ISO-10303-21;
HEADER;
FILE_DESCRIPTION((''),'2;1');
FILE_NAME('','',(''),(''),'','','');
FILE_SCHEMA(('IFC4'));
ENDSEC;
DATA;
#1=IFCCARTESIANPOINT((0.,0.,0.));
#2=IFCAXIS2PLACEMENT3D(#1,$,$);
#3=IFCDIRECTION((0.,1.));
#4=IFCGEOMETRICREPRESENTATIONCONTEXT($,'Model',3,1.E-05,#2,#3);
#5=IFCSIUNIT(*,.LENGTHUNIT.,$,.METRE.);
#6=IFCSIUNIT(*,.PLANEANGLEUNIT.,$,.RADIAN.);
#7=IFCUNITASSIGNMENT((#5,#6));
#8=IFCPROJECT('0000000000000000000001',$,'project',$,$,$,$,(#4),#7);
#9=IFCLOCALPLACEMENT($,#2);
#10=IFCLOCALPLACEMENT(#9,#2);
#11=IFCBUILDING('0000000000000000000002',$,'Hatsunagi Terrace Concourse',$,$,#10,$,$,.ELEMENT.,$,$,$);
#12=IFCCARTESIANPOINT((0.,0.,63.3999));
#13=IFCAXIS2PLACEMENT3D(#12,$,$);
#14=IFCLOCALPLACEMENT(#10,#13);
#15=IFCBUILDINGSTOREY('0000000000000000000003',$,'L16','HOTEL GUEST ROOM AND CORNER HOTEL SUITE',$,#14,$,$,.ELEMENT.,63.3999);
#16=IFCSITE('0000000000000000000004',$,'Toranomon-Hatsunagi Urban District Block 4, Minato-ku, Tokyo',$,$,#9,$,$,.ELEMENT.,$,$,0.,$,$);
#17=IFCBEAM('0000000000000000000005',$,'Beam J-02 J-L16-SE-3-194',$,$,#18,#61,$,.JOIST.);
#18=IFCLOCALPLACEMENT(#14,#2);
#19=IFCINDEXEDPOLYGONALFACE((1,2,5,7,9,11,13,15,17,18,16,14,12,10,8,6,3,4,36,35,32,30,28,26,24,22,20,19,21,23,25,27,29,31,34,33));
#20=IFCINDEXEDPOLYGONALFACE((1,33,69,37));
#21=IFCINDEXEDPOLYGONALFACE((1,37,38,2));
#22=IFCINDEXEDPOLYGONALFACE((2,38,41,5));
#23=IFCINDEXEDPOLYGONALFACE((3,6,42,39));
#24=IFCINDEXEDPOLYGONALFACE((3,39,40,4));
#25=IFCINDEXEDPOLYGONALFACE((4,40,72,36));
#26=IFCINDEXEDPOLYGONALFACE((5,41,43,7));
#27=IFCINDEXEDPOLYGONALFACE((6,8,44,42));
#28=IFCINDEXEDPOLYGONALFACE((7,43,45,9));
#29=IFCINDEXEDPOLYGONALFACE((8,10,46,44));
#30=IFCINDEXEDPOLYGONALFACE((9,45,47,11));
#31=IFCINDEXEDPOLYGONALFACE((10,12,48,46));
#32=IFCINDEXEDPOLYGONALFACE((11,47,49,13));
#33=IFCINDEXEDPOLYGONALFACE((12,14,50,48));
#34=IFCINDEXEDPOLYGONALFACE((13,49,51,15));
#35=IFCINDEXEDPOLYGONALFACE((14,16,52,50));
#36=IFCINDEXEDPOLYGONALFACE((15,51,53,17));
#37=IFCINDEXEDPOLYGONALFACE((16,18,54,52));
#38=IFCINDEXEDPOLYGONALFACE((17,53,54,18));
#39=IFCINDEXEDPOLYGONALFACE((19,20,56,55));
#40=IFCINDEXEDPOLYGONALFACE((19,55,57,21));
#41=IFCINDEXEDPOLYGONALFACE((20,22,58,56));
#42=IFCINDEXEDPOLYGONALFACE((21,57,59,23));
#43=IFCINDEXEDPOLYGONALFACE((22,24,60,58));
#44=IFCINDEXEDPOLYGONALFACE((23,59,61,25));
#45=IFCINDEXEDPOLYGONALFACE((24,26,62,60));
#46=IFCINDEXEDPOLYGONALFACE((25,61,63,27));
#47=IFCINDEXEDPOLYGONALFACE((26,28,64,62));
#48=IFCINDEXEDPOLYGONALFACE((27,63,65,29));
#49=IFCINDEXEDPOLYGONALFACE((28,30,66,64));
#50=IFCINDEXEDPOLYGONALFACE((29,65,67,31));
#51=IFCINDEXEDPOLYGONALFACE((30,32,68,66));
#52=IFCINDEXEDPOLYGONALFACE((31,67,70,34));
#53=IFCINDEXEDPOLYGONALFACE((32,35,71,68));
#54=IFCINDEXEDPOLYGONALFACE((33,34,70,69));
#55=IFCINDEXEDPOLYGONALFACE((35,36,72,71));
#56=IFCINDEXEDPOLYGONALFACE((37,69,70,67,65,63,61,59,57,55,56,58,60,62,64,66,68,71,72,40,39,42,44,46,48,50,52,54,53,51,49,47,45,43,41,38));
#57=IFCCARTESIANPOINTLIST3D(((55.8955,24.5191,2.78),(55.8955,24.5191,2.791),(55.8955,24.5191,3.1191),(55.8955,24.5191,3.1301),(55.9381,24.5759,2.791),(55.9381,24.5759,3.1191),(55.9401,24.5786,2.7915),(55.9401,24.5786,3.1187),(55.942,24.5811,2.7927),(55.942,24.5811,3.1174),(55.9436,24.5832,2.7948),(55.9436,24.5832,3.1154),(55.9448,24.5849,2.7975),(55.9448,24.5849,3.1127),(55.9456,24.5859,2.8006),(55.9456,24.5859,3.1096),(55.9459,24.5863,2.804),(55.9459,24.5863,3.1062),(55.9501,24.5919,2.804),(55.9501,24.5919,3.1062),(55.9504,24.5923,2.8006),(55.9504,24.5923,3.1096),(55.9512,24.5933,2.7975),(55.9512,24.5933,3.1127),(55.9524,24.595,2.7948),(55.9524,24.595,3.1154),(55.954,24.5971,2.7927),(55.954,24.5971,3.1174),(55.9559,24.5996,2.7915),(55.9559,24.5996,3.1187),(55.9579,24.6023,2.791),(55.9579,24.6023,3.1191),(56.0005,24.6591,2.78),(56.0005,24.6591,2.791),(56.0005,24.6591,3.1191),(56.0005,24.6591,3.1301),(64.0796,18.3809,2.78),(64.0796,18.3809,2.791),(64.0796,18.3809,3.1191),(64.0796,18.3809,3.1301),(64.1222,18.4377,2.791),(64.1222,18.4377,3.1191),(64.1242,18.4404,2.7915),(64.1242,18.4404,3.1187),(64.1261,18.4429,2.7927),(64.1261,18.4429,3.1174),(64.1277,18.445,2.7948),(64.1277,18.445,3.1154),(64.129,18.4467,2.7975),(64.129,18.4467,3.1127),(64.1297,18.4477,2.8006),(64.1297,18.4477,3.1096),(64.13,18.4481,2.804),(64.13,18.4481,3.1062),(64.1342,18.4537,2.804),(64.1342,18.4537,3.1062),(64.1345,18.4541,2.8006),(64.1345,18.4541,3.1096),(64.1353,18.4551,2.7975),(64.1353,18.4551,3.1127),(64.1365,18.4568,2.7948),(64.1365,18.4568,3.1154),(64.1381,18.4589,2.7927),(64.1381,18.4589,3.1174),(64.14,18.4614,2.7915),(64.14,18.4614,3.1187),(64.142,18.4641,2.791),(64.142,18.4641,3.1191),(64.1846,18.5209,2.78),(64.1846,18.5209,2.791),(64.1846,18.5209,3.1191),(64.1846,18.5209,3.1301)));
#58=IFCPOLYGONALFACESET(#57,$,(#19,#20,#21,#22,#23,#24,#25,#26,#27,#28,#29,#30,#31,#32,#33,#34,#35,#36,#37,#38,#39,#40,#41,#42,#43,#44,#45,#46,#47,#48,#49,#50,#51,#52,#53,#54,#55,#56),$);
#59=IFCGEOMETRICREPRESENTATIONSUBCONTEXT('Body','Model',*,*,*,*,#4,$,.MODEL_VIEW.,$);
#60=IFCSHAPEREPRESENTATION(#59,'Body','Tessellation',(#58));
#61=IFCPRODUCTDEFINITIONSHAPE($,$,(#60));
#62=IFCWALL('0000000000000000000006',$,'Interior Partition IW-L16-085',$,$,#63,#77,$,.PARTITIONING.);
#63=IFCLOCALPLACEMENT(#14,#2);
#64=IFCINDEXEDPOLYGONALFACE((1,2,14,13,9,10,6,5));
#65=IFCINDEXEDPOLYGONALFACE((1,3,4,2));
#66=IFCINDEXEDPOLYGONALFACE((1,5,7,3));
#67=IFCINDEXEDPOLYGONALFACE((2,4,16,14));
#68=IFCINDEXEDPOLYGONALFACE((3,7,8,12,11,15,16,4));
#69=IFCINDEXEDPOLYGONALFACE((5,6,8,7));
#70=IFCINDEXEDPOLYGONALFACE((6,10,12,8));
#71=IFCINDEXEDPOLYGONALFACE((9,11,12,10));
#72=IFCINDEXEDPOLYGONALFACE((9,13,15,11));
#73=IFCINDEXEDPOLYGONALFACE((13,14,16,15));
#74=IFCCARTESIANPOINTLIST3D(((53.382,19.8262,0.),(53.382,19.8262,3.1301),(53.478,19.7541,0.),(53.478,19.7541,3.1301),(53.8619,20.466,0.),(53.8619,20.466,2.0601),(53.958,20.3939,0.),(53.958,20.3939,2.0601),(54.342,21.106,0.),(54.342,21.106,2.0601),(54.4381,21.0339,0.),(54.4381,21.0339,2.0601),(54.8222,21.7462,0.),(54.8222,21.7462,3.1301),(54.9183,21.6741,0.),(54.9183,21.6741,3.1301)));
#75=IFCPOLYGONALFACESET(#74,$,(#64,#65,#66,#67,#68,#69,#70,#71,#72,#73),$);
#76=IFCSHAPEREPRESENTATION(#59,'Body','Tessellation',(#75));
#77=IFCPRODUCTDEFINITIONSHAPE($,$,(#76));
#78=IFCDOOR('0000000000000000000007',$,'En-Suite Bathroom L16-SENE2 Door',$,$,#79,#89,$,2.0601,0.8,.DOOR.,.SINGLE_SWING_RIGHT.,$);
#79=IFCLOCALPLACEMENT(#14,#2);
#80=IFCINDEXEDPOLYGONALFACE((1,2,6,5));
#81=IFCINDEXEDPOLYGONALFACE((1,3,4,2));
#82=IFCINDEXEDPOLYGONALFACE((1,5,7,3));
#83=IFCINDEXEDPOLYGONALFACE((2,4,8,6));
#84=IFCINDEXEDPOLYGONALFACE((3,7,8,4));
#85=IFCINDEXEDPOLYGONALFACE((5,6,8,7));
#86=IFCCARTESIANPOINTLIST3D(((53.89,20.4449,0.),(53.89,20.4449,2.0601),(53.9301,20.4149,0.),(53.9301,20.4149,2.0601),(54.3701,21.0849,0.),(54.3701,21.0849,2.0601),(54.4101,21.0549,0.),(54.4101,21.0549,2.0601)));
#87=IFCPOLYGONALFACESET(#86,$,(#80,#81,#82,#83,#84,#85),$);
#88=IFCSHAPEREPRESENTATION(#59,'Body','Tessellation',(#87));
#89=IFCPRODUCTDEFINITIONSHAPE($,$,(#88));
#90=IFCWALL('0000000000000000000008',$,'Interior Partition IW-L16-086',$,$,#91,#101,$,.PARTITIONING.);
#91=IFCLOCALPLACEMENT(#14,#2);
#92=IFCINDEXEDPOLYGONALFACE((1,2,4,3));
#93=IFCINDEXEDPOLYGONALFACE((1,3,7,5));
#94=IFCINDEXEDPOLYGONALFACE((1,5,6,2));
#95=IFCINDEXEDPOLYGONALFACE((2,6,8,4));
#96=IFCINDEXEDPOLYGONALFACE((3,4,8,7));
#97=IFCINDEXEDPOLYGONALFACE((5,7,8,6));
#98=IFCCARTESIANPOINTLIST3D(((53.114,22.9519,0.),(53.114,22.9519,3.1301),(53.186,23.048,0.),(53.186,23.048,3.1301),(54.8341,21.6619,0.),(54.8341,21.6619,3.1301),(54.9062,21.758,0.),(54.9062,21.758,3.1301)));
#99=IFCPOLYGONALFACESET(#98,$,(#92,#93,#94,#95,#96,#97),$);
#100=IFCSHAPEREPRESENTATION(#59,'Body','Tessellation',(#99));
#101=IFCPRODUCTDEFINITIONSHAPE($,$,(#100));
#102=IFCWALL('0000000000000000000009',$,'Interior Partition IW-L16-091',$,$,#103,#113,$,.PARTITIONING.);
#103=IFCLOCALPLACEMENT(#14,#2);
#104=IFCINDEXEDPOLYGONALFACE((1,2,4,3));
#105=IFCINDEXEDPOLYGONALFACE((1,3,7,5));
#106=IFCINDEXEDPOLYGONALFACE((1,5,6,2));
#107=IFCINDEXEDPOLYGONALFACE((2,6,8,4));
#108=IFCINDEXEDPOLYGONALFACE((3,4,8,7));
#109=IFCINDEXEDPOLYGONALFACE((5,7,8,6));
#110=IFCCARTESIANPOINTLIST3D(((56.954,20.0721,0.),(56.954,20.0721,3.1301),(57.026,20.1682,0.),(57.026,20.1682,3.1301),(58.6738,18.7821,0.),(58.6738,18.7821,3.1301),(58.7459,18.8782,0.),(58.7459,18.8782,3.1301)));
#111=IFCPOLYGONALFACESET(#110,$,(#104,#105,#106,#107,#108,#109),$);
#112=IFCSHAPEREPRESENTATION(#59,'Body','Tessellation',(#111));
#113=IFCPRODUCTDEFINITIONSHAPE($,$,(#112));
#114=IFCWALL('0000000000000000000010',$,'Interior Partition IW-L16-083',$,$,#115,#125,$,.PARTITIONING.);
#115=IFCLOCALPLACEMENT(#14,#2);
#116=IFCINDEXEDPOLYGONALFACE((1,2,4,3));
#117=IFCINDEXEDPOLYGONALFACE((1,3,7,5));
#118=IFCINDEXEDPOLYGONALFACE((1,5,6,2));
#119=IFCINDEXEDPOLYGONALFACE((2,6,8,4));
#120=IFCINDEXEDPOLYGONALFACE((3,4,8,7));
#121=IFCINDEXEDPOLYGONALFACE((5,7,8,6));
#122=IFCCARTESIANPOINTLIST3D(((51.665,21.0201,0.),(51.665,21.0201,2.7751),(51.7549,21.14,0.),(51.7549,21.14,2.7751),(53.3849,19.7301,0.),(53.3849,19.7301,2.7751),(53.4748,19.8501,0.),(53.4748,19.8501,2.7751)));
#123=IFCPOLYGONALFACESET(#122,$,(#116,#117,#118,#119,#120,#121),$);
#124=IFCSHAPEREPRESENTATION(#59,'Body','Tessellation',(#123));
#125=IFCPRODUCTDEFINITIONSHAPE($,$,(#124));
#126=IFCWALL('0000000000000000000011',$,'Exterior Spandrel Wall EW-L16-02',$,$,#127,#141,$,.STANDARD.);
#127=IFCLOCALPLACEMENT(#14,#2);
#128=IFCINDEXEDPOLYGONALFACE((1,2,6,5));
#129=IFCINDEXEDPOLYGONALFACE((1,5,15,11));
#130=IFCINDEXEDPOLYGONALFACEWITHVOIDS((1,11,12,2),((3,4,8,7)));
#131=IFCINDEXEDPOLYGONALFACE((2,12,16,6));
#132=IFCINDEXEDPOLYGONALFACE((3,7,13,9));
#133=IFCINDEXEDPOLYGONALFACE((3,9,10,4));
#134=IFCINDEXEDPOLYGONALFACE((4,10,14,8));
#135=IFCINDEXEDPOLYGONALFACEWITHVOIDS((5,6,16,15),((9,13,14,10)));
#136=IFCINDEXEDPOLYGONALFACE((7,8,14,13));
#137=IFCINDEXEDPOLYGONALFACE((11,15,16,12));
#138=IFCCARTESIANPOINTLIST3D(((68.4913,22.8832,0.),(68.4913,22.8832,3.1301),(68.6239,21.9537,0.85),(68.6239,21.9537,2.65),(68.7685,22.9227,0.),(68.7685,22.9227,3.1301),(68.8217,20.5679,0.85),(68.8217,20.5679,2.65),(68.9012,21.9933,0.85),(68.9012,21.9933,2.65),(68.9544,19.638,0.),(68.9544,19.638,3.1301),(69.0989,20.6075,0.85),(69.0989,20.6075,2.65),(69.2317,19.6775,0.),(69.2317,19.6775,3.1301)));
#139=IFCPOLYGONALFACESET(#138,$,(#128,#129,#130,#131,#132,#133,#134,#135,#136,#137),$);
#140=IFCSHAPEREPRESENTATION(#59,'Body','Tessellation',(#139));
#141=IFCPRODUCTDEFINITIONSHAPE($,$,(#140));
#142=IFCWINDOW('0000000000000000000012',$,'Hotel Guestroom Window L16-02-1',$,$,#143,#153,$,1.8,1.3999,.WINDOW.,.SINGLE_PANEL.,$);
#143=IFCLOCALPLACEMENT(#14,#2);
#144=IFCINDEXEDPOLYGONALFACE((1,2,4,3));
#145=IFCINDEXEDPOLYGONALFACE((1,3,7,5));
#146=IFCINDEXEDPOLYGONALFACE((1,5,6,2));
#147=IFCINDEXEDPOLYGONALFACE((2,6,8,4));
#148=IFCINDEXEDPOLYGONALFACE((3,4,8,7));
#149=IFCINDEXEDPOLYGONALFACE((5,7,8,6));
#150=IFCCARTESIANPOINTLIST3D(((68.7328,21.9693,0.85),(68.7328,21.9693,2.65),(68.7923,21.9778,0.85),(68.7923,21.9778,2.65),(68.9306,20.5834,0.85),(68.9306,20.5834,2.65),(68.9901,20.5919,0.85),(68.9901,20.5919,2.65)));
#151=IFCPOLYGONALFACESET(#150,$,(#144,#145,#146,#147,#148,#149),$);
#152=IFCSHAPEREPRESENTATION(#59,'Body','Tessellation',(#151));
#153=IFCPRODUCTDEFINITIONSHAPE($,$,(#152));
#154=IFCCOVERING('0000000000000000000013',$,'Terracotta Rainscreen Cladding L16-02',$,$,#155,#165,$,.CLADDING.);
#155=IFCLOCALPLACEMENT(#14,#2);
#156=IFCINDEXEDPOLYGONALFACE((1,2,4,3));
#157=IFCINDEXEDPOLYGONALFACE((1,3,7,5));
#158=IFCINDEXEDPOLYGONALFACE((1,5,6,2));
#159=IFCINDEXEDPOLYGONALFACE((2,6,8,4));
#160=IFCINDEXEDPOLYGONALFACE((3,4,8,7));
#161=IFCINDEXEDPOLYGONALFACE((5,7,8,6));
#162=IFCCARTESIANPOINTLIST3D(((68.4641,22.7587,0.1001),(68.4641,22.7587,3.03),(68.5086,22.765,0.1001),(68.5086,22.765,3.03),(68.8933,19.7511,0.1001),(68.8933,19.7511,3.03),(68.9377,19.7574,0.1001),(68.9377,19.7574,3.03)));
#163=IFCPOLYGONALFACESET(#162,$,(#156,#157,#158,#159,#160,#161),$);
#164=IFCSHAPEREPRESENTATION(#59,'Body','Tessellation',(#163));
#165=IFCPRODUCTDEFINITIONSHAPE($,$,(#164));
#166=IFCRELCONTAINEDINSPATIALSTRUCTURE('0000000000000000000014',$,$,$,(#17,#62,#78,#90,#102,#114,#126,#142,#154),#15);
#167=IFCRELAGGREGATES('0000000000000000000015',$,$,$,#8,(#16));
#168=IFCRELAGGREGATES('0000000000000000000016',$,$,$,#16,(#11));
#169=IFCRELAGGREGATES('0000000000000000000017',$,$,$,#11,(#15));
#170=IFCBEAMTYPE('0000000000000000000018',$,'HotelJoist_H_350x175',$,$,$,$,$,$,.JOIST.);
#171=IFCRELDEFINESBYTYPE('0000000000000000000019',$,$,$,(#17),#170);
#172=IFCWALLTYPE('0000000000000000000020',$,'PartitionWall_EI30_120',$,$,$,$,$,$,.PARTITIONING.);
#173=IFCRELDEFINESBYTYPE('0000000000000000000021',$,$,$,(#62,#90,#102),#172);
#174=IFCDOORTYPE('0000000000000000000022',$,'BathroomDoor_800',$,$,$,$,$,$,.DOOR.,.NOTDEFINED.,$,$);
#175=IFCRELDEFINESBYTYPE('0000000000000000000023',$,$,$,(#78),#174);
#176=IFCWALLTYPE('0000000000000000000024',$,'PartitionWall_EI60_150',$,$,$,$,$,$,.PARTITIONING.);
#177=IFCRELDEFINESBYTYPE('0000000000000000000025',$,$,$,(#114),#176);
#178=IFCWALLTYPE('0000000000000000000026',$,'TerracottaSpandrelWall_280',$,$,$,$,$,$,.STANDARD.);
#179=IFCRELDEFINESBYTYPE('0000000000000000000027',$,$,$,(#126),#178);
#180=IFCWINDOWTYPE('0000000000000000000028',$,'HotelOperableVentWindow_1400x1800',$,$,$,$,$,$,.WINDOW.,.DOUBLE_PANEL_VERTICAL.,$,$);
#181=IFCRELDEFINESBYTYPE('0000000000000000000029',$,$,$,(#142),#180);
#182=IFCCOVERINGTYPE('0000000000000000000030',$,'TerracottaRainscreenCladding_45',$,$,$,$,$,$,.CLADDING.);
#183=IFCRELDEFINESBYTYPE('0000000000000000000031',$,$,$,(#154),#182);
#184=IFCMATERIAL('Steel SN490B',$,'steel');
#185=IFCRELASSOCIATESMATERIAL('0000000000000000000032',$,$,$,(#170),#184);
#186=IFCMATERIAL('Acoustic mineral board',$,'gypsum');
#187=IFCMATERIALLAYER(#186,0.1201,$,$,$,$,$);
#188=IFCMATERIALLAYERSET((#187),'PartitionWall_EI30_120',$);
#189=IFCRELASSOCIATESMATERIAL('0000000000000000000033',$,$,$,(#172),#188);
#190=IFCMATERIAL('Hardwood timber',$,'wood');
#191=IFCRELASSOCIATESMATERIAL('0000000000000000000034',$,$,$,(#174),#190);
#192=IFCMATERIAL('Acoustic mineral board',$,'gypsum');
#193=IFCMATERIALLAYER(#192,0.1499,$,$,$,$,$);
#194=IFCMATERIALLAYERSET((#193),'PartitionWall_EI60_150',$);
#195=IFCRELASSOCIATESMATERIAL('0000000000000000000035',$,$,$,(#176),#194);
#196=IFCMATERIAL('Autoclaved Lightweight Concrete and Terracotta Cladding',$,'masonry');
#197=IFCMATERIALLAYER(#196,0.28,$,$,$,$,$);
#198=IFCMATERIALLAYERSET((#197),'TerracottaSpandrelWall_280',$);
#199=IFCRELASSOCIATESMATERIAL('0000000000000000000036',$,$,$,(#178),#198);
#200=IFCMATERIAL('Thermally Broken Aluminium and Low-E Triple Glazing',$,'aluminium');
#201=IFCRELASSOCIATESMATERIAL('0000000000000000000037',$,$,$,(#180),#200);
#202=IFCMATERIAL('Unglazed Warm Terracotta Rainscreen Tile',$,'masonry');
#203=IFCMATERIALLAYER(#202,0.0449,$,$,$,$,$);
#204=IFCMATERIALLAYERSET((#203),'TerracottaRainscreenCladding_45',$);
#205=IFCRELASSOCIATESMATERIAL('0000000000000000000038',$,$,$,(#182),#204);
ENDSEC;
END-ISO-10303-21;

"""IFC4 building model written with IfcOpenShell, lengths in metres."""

from ifc_helpers import new_model, si_unit, direction, frame, frame_2d, origin, origin_2d, place, context, subcontext, project, spatial, rectangle, i_section, extrude, material, layer, layer_set, material_profile, profile_set, type_object, element, fill, save


model = new_model("IFC4")

# Units and contexts
model_context = context("Model", 3, precision=1e-05, world=origin(), true_north=direction((0.0, 1.0)))
body_context = subcontext(model_context, "Body", "Model", "MODEL_VIEW")
ifc_project = project(units=[si_unit("LENGTHUNIT", "METRE"), si_unit("PLANEANGLEUNIT", "RADIAN")], contexts=[model_context])

# Site, building, storey
site_placement = place(None, origin())
site = spatial("IfcSite", under=ifc_project, at=site_placement, Name="Toranomon-Hatsunagi Urban District Block 4, Minato-ku, Tokyo", CompositionType="ELEMENT", RefElevation=0.0)
building_placement = place(site_placement, origin())
building = spatial("IfcBuilding", under=site, at=building_placement, Name="Hatsunagi Terrace Concourse", CompositionType="ELEMENT")
storey_placement = place(building_placement, frame((0.0, 0.0, 63.3999)))
storey = spatial("IfcBuildingStorey", under=building, at=storey_placement, Name="L16", Description="HOTEL GUEST ROOM AND CORNER HOTEL SUITE", CompositionType="ELEMENT", Elevation=63.3999)

# Beam
ifc_material_1 = material(Name="Steel SN490B", Category="steel")
ifc_material_profile_1 = material_profile(ifc_material_1, i_section(OverallWidth=0.175, OverallDepth=0.3501, WebThickness=0.0071, FlangeThickness=0.011, FilletRadius=0.0129, at=origin_2d()), Name="H-350x175x7x11")
ifc_profile_set_1 = profile_set([ifc_material_profile_1], Name="Steel SN490B")
beam_type = type_object("IfcBeamType", Name="HotelJoist_H_350x175", PredefinedType="JOIST", material=ifc_profile_set_1)
beam_placement = place(storey_placement, frame((55.948, 24.5891, 2.9551), z_axis=(0.799994, -0.600008, 0.0), x_axis=(0.600008, 0.799994, 0.0)))
element("IfcBeam", 1, at=beam_placement, inside=storey, type_object=beam_type, Name="Beam J-02 J-L16-SE-3-194", PredefinedType="JOIST", context=body_context, shape_type="SweptSolid", body=[
    extrude(i_section(OverallWidth=0.175, OverallDepth=0.3501, WebThickness=0.0071, FlangeThickness=0.011, FilletRadius=0.0129, at=origin_2d()), origin(), (0.0, 0.0, 1.0), 10.2302),
])

# Wall, opening, door
ifc_material_2 = material(Name="Acoustic mineral board", Category="gypsum")
ifc_layer_1 = layer(ifc_material_2, 0.1201)
ifc_layer_set_1 = layer_set([ifc_layer_1], Name="PartitionWall_EI30_120")
wall_type_1 = type_object("IfcWallType", Name="PartitionWall_EI30_120", PredefinedType="PARTITIONING", material=ifc_layer_set_1)
wall_1_placement = place(storey_placement, frame((53.4299, 19.79, 0.0), z_axis=(0.0, 0.0, 1.0), x_axis=(0.600065, 0.799951, 0.0)))
wall_1 = element("IfcWall", 2, at=wall_1_placement, inside=storey, type_object=wall_type_1, Name="Interior Partition IW-L16-085", PredefinedType="PARTITIONING", context=body_context, shape_type="SweptSolid", body=[
    extrude(rectangle(XDim=2.4001, YDim=0.1201, at=frame_2d((1.2002, 0.0))), origin(), (0.0, 0.0, 1.0), 3.1301),
])
opening_1_placement = place(wall_1_placement, frame((0.8, 0.0, 0.0)))
opening_1 = element("IfcOpeningElement", 3, at=opening_1_placement, cuts=wall_1, PredefinedType="OPENING", context=body_context, shape_type="SweptSolid", body=[
    extrude(rectangle(XDim=0.8, YDim=2.0601, at=frame_2d((0.3999, 1.03))), frame((0.0, 0.0701, 0.0), z_axis=(0.0, -1.0, 0.0), x_axis=(1.0, 0.0, 0.0)), (0.0, 0.0, 1.0), 0.1401),
])
ifc_material_3 = material(Name="Hardwood timber", Category="wood")
door_type_1 = type_object("IfcDoorType", Name="BathroomDoor_800", OperationType="NOTDEFINED", PredefinedType="DOOR", material=ifc_material_3)
door_1_placement = place(opening_1_placement, origin())
door_1 = element("IfcDoor", 4, at=door_1_placement, inside=storey, type_object=door_type_1, Name="En-Suite Bathroom L16-SENE2 Door", OperationType="SINGLE_SWING_RIGHT", OverallHeight=2.0601, OverallWidth=0.8, PredefinedType="DOOR", context=body_context, shape_type="SweptSolid", body=[
    extrude(rectangle(XDim=0.8, YDim=2.0601, at=frame_2d((0.3999, 1.03))), frame((0.0, 0.0249, 0.0), z_axis=(0.0, -1.0, 0.0), x_axis=(1.0, 0.0, 0.0)), (0.0, 0.0, 1.0), 0.05),
])
fill(opening_1, door_1)

# Walls
wall_2_placement = place(storey_placement, frame((53.1499, 23.0, 0.0), z_axis=(0.0, 0.0, 1.0), x_axis=(0.800027, -0.599964, 0.0)))
element("IfcWall", 5, at=wall_2_placement, inside=storey, type_object=wall_type_1, Name="Interior Partition IW-L16-086", PredefinedType="PARTITIONING", context=body_context, shape_type="SweptSolid", body=[
    extrude(rectangle(XDim=2.1501, YDim=0.1201, at=frame_2d((1.0752, 0.0))), origin(), (0.0, 0.0, 1.0), 3.1301),
])
wall_3_placement = place(storey_placement, frame((56.99, 20.1201, 0.0), z_axis=(0.0, 0.0, 1.0), x_axis=(0.799986, -0.600018, 0.0)))
element("IfcWall", 6, at=wall_3_placement, inside=storey, type_object=wall_type_1, Name="Interior Partition IW-L16-091", PredefinedType="PARTITIONING", context=body_context, shape_type="SweptSolid", body=[
    extrude(rectangle(XDim=2.1499, YDim=0.1201, at=frame_2d((1.075, 0.0))), origin(), (0.0, 0.0, 1.0), 3.1301),
])
ifc_material_4 = material(Name="Acoustic mineral board", Category="gypsum")
ifc_layer_2 = layer(ifc_material_4, 0.1499)
ifc_layer_set_2 = layer_set([ifc_layer_2], Name="PartitionWall_EI60_150")
wall_type_2 = type_object("IfcWallType", Name="PartitionWall_EI60_150", PredefinedType="PARTITIONING", material=ifc_layer_set_2)
wall_4_placement = place(storey_placement, frame((51.71, 21.0801, 0.0), z_axis=(0.0, 0.0, 1.0), x_axis=(0.799986, -0.600018, 0.0)))
element("IfcWall", 7, at=wall_4_placement, inside=storey, type_object=wall_type_2, Name="Interior Partition IW-L16-083", PredefinedType="PARTITIONING", context=body_context, shape_type="SweptSolid", body=[
    extrude(rectangle(XDim=2.1499, YDim=0.1499, at=frame_2d((1.075, 0.0))), origin(), (0.0, 0.0, 1.0), 2.7751),
])

# Wall, opening, window
ifc_material_5 = material(Name="Autoclaved Lightweight Concrete and Terracotta Cladding", Category="masonry")
ifc_layer_3 = layer(ifc_material_5, 0.28)
ifc_layer_set_3 = layer_set([ifc_layer_3], Name="TerracottaSpandrelWall_280")
wall_type_3 = type_object("IfcWallType", Name="TerracottaSpandrelWall_280", PredefinedType="STANDARD", material=ifc_layer_set_3)
wall_5_placement = place(storey_placement, frame((68.6299, 22.9031, 0.0), z_axis=(0.0, 0.0, 1.0), x_axis=(0.141286, -0.989969, 0.0)))
wall_5 = element("IfcWall", 8, at=wall_5_placement, inside=storey, type_object=wall_type_3, Name="Exterior Spandrel Wall EW-L16-02", PredefinedType="STANDARD", context=body_context, shape_type="SweptSolid", body=[
    extrude(rectangle(XDim=3.2781, YDim=0.28, at=frame_2d((1.6392, 0.0))), origin(), (0.0, 0.0, 1.0), 3.1301),
])
opening_2_placement = place(wall_5_placement, frame((0.939, 0.0, 0.8501)))
opening_2 = element("IfcOpeningElement", 9, at=opening_2_placement, cuts=wall_5, PredefinedType="OPENING", context=body_context, shape_type="SweptSolid", body=[
    extrude(rectangle(XDim=1.3999, YDim=1.8, at=frame_2d((0.7, 0.8999))), frame((0.0, 0.1499, 0.0), z_axis=(0.0, -1.0, 0.0), x_axis=(1.0, 0.0, 0.0)), (0.0, 0.0, 1.0), 0.3),
])
ifc_material_6 = material(Name="Thermally Broken Aluminium and Low-E Triple Glazing", Category="aluminium")
window_type = type_object("IfcWindowType", Name="HotelOperableVentWindow_1400x1800", PartitioningType="DOUBLE_PANEL_VERTICAL", PredefinedType="WINDOW", material=ifc_material_6)
window_placement = place(opening_2_placement, origin())
window = element("IfcWindow", 10, at=window_placement, inside=storey, type_object=window_type, Name="Hotel Guestroom Window L16-02-1", OverallHeight=1.8, OverallWidth=1.3999, PartitioningType="SINGLE_PANEL", PredefinedType="WINDOW", context=body_context, shape_type="SweptSolid", body=[
    extrude(rectangle(XDim=1.3999, YDim=1.8, at=frame_2d((0.7, 0.8999))), frame((0.0, 0.03, 0.0), z_axis=(0.0, -1.0, 0.0), x_axis=(1.0, 0.0, 0.0)), (0.0, 0.0, 1.0), 0.0601),
])
fill(opening_2, window)

# Covering
ifc_material_7 = material(Name="Unglazed Warm Terracotta Rainscreen Tile", Category="masonry")
ifc_layer_4 = layer(ifc_material_7, 0.0449)
ifc_layer_set_4 = layer_set([ifc_layer_4], Name="TerracottaRainscreenCladding_45")
covering_type = type_object("IfcCoveringType", Name="TerracottaRainscreenCladding_45", PredefinedType="CLADDING", material=ifc_layer_set_4)
covering_placement = place(storey_placement, frame((68.7009, 21.2581, 0.1001), z_axis=(0.0, 0.0, 1.0), x_axis=(0.14125, -0.989974, 0.0)))
element("IfcCovering", 11, at=covering_placement, inside=storey, type_object=covering_type, Name="Terracotta Rainscreen Cladding L16-02", PredefinedType="CLADDING", context=body_context, shape_type="SweptSolid", body=[
    extrude(rectangle(XDim=3.0381, YDim=0.0449, at=origin_2d()), origin(), (0.0, 0.0, 1.0), 2.9299),
])

save(model, "model.ifc")
